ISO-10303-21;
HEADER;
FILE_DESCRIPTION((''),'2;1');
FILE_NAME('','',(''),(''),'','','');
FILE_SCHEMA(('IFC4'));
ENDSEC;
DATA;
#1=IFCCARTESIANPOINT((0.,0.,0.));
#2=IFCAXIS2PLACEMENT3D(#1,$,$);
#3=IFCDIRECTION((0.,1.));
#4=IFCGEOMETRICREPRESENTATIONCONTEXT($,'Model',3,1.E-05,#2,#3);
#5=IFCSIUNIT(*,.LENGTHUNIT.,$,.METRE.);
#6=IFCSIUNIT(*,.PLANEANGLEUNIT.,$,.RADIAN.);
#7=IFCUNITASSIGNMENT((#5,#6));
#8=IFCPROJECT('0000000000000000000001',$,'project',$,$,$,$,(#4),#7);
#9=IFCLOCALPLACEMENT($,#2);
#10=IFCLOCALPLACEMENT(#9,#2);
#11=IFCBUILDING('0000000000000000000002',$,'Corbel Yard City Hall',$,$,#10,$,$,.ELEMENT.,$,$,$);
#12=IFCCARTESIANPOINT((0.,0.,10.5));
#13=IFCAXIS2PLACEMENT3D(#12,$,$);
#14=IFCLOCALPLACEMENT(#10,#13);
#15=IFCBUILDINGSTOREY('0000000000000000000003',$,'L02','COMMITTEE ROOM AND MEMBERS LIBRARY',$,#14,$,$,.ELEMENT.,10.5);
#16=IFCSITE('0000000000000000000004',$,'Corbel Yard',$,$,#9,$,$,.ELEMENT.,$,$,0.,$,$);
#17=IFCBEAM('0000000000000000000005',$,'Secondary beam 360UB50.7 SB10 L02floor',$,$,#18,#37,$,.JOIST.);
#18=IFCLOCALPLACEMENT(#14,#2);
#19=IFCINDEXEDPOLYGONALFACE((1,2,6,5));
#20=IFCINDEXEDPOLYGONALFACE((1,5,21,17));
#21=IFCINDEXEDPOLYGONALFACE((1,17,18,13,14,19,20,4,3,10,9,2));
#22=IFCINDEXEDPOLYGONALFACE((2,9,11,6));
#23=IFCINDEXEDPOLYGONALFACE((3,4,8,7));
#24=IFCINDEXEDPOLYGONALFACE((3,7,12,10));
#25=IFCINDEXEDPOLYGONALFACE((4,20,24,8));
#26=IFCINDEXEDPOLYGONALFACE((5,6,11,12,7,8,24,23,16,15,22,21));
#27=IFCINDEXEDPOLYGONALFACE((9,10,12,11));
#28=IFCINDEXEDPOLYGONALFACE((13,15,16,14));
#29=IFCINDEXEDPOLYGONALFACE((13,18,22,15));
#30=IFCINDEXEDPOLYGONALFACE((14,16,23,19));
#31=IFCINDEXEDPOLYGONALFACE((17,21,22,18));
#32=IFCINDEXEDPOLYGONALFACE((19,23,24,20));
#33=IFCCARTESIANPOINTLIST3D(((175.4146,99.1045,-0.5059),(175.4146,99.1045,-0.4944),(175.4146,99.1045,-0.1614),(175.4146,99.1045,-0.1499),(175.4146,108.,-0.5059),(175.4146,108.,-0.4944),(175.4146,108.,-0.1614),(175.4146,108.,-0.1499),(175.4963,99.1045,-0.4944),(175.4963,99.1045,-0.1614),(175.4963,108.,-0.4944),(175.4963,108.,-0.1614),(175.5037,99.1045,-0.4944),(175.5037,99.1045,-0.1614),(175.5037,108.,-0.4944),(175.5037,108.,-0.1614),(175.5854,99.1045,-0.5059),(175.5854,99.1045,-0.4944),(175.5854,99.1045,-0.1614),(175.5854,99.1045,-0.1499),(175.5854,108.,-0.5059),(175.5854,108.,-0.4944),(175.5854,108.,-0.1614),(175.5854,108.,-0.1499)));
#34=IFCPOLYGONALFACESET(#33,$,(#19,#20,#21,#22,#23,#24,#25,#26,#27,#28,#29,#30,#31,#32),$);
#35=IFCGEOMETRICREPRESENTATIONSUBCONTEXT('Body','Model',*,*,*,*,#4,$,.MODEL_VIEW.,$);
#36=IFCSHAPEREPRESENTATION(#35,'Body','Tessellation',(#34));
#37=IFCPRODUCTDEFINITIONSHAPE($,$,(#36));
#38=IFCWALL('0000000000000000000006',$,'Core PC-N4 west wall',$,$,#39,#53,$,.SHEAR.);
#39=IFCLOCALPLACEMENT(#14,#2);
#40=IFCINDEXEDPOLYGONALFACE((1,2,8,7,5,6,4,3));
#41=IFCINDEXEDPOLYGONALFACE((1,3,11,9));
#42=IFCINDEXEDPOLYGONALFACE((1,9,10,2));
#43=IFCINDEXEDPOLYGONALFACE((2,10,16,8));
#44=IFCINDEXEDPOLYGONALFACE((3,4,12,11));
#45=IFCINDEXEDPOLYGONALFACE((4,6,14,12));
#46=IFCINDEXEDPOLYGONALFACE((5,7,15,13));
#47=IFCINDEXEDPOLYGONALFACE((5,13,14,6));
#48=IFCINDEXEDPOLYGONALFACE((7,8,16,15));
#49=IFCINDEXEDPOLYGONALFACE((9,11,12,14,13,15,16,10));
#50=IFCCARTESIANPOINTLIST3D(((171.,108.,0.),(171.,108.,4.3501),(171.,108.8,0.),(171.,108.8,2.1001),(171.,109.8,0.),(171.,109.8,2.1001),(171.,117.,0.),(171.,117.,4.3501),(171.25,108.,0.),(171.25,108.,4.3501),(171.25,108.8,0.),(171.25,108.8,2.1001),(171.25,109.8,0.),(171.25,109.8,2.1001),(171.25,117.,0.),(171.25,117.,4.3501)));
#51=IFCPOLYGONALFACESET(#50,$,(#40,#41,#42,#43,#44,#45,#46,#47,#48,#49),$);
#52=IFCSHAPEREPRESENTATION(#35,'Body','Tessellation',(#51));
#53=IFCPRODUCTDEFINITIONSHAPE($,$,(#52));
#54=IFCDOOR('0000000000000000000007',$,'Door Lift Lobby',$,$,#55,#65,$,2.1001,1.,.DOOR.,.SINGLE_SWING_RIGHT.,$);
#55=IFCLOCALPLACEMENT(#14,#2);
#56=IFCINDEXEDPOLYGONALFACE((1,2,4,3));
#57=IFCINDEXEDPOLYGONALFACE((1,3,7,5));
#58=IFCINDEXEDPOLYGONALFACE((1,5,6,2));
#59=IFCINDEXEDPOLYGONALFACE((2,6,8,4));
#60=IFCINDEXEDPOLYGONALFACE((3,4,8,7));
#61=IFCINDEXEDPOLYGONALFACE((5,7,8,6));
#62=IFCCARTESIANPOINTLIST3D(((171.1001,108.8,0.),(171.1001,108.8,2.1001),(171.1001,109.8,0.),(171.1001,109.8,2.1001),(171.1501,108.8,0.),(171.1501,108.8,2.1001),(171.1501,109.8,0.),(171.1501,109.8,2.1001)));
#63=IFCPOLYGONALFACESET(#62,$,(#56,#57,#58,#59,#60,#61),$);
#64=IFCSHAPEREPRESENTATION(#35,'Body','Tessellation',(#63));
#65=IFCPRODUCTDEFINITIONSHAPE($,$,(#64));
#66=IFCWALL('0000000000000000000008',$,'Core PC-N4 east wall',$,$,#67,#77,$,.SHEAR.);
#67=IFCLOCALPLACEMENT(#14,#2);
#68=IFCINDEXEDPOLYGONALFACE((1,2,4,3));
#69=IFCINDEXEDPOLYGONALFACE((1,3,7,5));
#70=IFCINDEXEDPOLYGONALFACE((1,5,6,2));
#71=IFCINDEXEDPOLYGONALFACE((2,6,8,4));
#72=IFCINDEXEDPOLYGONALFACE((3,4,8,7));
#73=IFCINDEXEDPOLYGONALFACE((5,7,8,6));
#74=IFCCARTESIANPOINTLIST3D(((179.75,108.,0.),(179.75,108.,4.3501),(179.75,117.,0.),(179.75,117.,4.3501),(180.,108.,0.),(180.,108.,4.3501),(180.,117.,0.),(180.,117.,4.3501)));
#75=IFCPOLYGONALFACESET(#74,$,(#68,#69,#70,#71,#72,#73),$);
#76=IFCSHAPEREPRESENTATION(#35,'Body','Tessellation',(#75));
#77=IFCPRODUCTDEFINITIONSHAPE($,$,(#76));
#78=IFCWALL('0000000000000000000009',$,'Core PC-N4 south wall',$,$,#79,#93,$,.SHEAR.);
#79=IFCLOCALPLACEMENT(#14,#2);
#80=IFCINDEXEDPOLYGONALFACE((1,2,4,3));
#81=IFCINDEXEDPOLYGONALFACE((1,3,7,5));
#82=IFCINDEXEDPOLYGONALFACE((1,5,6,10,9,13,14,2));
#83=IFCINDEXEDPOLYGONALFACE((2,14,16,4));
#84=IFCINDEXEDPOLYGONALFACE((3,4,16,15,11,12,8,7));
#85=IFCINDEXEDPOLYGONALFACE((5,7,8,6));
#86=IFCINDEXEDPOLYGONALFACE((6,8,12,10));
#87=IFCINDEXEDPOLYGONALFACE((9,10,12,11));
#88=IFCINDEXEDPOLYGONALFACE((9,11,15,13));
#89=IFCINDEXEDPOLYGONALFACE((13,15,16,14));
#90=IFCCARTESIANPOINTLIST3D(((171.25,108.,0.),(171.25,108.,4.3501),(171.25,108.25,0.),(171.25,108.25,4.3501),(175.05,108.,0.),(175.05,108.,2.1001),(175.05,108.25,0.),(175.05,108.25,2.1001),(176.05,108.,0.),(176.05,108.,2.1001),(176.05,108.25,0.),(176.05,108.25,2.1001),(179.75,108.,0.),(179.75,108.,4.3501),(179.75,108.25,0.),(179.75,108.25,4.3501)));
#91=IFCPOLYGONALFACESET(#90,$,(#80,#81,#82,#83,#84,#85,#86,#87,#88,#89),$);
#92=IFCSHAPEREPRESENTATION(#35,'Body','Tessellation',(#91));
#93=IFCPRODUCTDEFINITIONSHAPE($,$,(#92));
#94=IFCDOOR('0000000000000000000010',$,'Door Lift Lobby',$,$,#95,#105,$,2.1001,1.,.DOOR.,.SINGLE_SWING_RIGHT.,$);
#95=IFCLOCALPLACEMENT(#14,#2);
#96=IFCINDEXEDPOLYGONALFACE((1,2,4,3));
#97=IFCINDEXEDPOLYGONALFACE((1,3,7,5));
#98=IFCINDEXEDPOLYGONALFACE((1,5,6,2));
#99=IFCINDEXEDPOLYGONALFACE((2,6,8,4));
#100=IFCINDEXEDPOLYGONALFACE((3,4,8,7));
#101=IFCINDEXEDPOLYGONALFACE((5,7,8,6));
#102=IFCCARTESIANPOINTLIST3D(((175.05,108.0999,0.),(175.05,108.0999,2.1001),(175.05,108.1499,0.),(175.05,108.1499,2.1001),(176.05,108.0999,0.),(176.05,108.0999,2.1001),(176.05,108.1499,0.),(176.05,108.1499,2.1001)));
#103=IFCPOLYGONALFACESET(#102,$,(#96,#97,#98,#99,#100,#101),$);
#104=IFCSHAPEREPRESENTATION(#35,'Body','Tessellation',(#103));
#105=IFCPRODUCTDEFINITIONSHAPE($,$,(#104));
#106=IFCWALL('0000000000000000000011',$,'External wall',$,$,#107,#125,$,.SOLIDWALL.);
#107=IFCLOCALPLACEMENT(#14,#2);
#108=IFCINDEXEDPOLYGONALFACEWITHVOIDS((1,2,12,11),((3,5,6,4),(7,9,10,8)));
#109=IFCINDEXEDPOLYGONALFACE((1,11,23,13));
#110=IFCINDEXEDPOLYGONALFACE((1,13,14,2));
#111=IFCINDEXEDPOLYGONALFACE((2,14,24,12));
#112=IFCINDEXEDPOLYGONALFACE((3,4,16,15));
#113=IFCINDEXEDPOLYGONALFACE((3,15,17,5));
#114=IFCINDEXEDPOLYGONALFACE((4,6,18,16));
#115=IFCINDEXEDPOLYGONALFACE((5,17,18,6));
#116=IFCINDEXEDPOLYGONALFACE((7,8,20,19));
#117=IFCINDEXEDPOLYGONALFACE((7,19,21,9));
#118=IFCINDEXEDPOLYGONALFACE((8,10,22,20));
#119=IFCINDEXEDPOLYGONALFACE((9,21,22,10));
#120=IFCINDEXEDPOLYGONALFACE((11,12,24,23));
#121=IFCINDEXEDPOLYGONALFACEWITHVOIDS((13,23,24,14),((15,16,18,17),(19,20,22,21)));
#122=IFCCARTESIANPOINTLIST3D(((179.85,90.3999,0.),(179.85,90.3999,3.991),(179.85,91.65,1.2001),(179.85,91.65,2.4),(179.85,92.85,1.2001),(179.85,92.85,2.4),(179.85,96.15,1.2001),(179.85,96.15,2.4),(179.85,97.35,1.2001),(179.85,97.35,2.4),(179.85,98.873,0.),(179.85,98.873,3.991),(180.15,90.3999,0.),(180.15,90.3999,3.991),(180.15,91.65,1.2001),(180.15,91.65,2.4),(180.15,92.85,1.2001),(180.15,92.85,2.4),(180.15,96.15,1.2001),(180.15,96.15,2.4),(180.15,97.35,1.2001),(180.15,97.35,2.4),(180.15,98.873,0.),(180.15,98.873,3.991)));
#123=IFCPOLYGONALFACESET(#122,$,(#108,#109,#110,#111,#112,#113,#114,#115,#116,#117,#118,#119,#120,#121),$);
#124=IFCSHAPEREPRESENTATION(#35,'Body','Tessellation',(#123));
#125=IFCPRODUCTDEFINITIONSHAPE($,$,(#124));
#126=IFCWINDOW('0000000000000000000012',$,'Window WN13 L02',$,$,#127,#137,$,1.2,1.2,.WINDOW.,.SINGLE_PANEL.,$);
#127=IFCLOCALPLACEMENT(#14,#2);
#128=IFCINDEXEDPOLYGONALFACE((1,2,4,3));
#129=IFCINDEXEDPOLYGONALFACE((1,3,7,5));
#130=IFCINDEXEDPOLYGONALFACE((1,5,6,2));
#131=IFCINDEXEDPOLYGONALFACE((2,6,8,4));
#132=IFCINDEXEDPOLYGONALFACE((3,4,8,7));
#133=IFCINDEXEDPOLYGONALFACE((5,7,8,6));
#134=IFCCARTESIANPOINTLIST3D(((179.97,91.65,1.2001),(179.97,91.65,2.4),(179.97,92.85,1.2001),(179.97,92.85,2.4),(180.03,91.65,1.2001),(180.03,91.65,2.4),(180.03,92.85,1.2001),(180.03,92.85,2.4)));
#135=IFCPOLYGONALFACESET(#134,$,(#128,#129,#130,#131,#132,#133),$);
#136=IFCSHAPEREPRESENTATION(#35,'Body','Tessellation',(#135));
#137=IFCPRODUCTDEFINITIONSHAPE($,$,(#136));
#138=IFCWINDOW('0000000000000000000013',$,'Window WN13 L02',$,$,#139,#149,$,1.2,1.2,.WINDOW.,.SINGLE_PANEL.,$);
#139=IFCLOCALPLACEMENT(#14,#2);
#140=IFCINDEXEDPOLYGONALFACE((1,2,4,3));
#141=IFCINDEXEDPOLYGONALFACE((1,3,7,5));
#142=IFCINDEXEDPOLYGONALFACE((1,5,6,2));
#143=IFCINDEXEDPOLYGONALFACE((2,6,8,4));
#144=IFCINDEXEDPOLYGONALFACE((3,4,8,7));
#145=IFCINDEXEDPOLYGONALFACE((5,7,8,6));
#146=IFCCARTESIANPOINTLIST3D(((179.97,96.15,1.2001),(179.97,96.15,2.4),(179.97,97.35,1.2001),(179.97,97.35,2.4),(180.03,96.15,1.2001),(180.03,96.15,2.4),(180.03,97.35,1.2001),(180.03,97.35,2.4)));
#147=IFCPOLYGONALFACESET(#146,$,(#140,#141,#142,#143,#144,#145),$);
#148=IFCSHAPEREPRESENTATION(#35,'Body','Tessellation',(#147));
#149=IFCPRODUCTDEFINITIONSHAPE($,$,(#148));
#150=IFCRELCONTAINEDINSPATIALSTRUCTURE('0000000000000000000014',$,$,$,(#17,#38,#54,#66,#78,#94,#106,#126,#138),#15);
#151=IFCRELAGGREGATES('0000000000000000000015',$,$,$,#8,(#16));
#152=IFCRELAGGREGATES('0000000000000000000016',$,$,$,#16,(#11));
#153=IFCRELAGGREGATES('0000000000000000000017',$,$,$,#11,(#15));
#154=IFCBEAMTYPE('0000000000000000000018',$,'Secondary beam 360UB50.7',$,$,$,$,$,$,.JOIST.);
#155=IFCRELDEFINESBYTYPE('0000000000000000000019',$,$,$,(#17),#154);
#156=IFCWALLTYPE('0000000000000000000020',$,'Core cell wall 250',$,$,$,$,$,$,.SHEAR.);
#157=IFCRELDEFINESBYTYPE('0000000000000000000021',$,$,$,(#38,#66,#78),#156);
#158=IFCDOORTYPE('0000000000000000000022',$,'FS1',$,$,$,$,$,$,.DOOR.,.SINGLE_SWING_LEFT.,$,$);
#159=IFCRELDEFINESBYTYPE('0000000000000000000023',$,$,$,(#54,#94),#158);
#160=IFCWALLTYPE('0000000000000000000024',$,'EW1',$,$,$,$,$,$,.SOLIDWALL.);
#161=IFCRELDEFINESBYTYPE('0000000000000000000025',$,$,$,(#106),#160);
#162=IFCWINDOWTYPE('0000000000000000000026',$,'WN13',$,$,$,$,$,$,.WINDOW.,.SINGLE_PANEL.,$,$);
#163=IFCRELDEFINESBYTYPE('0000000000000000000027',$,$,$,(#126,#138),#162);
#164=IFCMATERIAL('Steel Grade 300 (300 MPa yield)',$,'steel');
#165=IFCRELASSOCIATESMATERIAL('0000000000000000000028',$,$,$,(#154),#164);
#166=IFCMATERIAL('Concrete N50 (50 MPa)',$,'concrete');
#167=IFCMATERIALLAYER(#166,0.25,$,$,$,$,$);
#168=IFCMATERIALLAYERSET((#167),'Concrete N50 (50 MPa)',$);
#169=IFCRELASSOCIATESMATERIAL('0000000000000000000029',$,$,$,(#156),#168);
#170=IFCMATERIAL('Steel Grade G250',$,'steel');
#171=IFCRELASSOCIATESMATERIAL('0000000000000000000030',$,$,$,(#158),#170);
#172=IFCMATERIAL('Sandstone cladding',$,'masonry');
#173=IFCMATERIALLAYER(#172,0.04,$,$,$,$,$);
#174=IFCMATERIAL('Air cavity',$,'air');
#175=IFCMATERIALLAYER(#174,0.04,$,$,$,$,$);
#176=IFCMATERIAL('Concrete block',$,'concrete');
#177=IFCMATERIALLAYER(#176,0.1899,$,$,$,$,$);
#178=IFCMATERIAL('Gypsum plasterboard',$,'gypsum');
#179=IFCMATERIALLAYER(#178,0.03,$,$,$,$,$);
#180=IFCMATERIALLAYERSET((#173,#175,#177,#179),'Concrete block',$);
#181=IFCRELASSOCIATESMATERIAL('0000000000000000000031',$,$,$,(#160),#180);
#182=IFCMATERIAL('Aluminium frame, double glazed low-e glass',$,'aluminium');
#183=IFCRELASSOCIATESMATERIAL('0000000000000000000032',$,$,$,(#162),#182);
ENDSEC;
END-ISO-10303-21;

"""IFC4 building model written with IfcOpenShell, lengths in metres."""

from ifc_helpers import new_model, si_unit, direction, frame, frame_2d, origin, origin_2d, place, context, subcontext, project, spatial, rectangle, i_section, extrude, material, layer, layer_set, material_profile, profile_set, type_object, element, fill, save


model = new_model("IFC4")

# Units and contexts
model_context = context("Model", 3, precision=1e-05, world=origin(), true_north=direction((0.0, 1.0)))
body_context = subcontext(model_context, "Body", "Model", "MODEL_VIEW")
ifc_project = project(units=[si_unit("LENGTHUNIT", "METRE"), si_unit("PLANEANGLEUNIT", "RADIAN")], contexts=[model_context])

# Site, building, storey
site_placement = place(None, origin())
site = spatial("IfcSite", under=ifc_project, at=site_placement, Name="Corbel Yard", CompositionType="ELEMENT", RefElevation=0.0)
building_placement = place(site_placement, origin())
building = spatial("IfcBuilding", under=site, at=building_placement, Name="Corbel Yard City Hall", CompositionType="ELEMENT")
storey_placement = place(building_placement, frame((0.0, 0.0, 10.5)))
storey = spatial("IfcBuildingStorey", under=building, at=storey_placement, Name="L02", Description="COMMITTEE ROOM AND MEMBERS LIBRARY", CompositionType="ELEMENT", Elevation=10.5)

# Shared definitions
ifc_material_1 = material(Name="Steel Grade 300 (300 MPa yield)", Category="steel")

# Beam
ifc_material_profile_1 = material_profile(ifc_material_1, i_section(OverallWidth=0.1709, OverallDepth=0.356, WebThickness=0.0073, FlangeThickness=0.0115, at=origin_2d()), Name="360UB50.7")
ifc_profile_set_1 = profile_set([ifc_material_profile_1], Name="Steel Grade 300 (300 MPa yield)")
beam_type_1 = type_object("IfcBeamType", Name="Secondary beam 360UB50.7", PredefinedType="JOIST", material=ifc_profile_set_1)
beam_1_placement = place(storey_placement, frame((175.5, 99.1045, -0.3279), z_axis=(0.0, 1.0, 0.0), x_axis=(-1.0, 0.0, 0.0)))
element("IfcBeam", 1, at=beam_1_placement, inside=storey, type_object=beam_type_1, Name="Secondary beam 360UB50.7 SB10 L02floor", PredefinedType="JOIST", context=body_context, shape_type="SweptSolid", body=[
    extrude(i_section(OverallWidth=0.1709, OverallDepth=0.356, WebThickness=0.0073, FlangeThickness=0.0115, at=origin_2d()), origin(), (0.0, 0.0, 1.0), 8.8955),
])

# Wall, opening, door
ifc_material_2 = material(Name="Concrete N50 (50 MPa)", Category="concrete")
ifc_layer_1 = layer(ifc_material_2, 0.25)
ifc_layer_set_1 = layer_set([ifc_layer_1], Name="Concrete N50 (50 MPa)")
wall_type_1 = type_object("IfcWallType", Name="Core cell wall 250", PredefinedType="SHEAR", material=ifc_layer_set_1)
wall_1_placement = place(storey_placement, frame((171.125, 108.0, 0.0), z_axis=(0.0, 0.0, 1.0), x_axis=(0.0, 1.0, 0.0)))
wall_1 = element("IfcWall", 2, at=wall_1_placement, inside=storey, type_object=wall_type_1, Name="Core PC-N4 west wall", PredefinedType="SHEAR", context=body_context, shape_type="SweptSolid", body=[
    extrude(rectangle(XDim=9.0, YDim=0.25, at=frame_2d((4.5, 0.0))), origin(), (0.0, 0.0, 1.0), 4.3501),
])
opening_1_placement = place(wall_1_placement, frame((0.8, 0.0, 0.0)))
opening_1 = element("IfcOpeningElement", 3, at=opening_1_placement, cuts=wall_1, PredefinedType="OPENING", context=body_context, shape_type="SweptSolid", body=[
    extrude(rectangle(XDim=1.0, YDim=2.1001, at=frame_2d((0.5, 1.05))), frame((0.0, 0.135, 0.0), z_axis=(0.0, -1.0, 0.0), x_axis=(1.0, 0.0, 0.0)), (0.0, 0.0, 1.0), 0.27),
])
ifc_material_3 = material(Name="Steel Grade G250", Category="steel")
door_type_1 = type_object("IfcDoorType", Name="FS1", OperationType="SINGLE_SWING_LEFT", PredefinedType="DOOR", material=ifc_material_3)
door_1_placement = place(opening_1_placement, origin())
door_1 = element("IfcDoor", 4, at=door_1_placement, inside=storey, type_object=door_type_1, Name="Door Lift Lobby", OperationType="SINGLE_SWING_RIGHT", OverallHeight=2.1001, OverallWidth=1.0, PredefinedType="DOOR", context=body_context, shape_type="SweptSolid", body=[
    extrude(rectangle(XDim=1.0, YDim=2.1001, at=frame_2d((0.5, 1.05))), frame((0.0, 0.0249, 0.0), z_axis=(0.0, -1.0, 0.0), x_axis=(1.0, 0.0, 0.0)), (0.0, 0.0, 1.0), 0.05),
])
fill(opening_1, door_1)

# Wall
wall_2_placement = place(storey_placement, frame((179.875, 108.0, 0.0), z_axis=(0.0, 0.0, 1.0), x_axis=(0.0, 1.0, 0.0)))
element("IfcWall", 5, at=wall_2_placement, inside=storey, type_object=wall_type_1, Name="Core PC-N4 east wall", PredefinedType="SHEAR", context=body_context, shape_type="SweptSolid", body=[
    extrude(rectangle(XDim=9.0, YDim=0.25, at=frame_2d((4.5, 0.0))), origin(), (0.0, 0.0, 1.0), 4.3501),
])

# Wall, opening, door
wall_3_placement = place(storey_placement, frame((171.25, 108.125, 0.0), z_axis=(0.0, 0.0, 1.0), x_axis=(1.0, 0.0, 0.0)))
wall_3 = element("IfcWall", 6, at=wall_3_placement, inside=storey, type_object=wall_type_1, Name="Core PC-N4 south wall", PredefinedType="SHEAR", context=body_context, shape_type="SweptSolid", body=[
    extrude(rectangle(XDim=8.5, YDim=0.25, at=frame_2d((4.25, 0.0))), origin(), (0.0, 0.0, 1.0), 4.3501),
])
opening_2_placement = place(wall_3_placement, frame((3.8, 0.0, 0.0)))
opening_2 = element("IfcOpeningElement", 7, at=opening_2_placement, cuts=wall_3, PredefinedType="OPENING", context=body_context, shape_type="SweptSolid", body=[
    extrude(rectangle(XDim=1.0, YDim=2.1001, at=frame_2d((0.5, 1.05))), frame((0.0, 0.135, 0.0), z_axis=(0.0, -1.0, 0.0), x_axis=(1.0, 0.0, 0.0)), (0.0, 0.0, 1.0), 0.27),
])
door_2_placement = place(opening_2_placement, origin())
door_2 = element("IfcDoor", 8, at=door_2_placement, inside=storey, type_object=door_type_1, Name="Door Lift Lobby", OperationType="SINGLE_SWING_RIGHT", OverallHeight=2.1001, OverallWidth=1.0, PredefinedType="DOOR", context=body_context, shape_type="SweptSolid", body=[
    extrude(rectangle(XDim=1.0, YDim=2.1001, at=frame_2d((0.5, 1.05))), frame((0.0, 0.0249, 0.0), z_axis=(0.0, -1.0, 0.0), x_axis=(1.0, 0.0, 0.0)), (0.0, 0.0, 1.0), 0.05),
])
fill(opening_2, door_2)

# Wall, openings, windows
ifc_material_4 = material(Name="Sandstone cladding", Category="masonry")
ifc_layer_2 = layer(ifc_material_4, 0.04)
ifc_material_5 = material(Name="Air cavity", Category="air")
ifc_layer_3 = layer(ifc_material_5, 0.04)
ifc_material_6 = material(Name="Concrete block", Category="concrete")
ifc_layer_4 = layer(ifc_material_6, 0.1899)
ifc_material_7 = material(Name="Gypsum plasterboard", Category="gypsum")
ifc_layer_5 = layer(ifc_material_7, 0.03)
ifc_layer_set_2 = layer_set([ifc_layer_2, ifc_layer_3, ifc_layer_4, ifc_layer_5], Name="Concrete block")
wall_type_2 = type_object("IfcWallType", Name="EW1", PredefinedType="SOLIDWALL", material=ifc_layer_set_2)
wall_4_placement = place(storey_placement, frame((180.0, 90.3999, 0.0), z_axis=(0.0, 0.0, 1.0), x_axis=(0.0, 1.0, 0.0)))
wall_4 = element("IfcWall", 9, at=wall_4_placement, inside=storey, type_object=wall_type_2, Name="External wall", PredefinedType="SOLIDWALL", context=body_context, shape_type="SweptSolid", body=[
    extrude(rectangle(XDim=8.4731, YDim=0.3, at=frame_2d((4.2366, 0.0))), origin(), (0.0, 0.0, 1.0), 3.991),
])
opening_3_placement = place(wall_4_placement, frame((1.25, 0.0, 1.2)))
opening_3 = element("IfcOpeningElement", 10, at=opening_3_placement, cuts=wall_4, PredefinedType="OPENING", context=body_context, shape_type="SweptSolid", body=[
    extrude(rectangle(XDim=1.2, YDim=1.2, at=frame_2d((0.6001, 0.6001))), frame((0.0, 0.1599, 0.0), z_axis=(0.0, -1.0, 0.0), x_axis=(1.0, 0.0, 0.0)), (0.0, 0.0, 1.0), 0.3201),
])
opening_4_placement = place(wall_4_placement, frame((5.75, 0.0, 1.2)))
opening_4 = element("IfcOpeningElement", 11, at=opening_4_placement, cuts=wall_4, PredefinedType="OPENING", context=body_context, shape_type="SweptSolid", body=[
    extrude(rectangle(XDim=1.2, YDim=1.2, at=frame_2d((0.6001, 0.6001))), frame((0.0, 0.1599, 0.0), z_axis=(0.0, -1.0, 0.0), x_axis=(1.0, 0.0, 0.0)), (0.0, 0.0, 1.0), 0.3201),
])
ifc_material_8 = material(Name="Aluminium frame, double glazed low-e glass", Category="aluminium")
window_type_1 = type_object("IfcWindowType", Name="WN13", PartitioningType="SINGLE_PANEL", PredefinedType="WINDOW", material=ifc_material_8)
window_1_placement = place(opening_3_placement, origin())
window_1 = element("IfcWindow", 12, at=window_1_placement, inside=storey, type_object=window_type_1, Name="Window WN13 L02", OverallHeight=1.2, OverallWidth=1.2, PartitioningType="SINGLE_PANEL", PredefinedType="WINDOW", context=body_context, shape_type="SweptSolid", body=[
    extrude(rectangle(XDim=1.2, YDim=1.2, at=frame_2d((0.6001, 0.6001))), frame((0.0, 0.03, 0.0), z_axis=(0.0, -1.0, 0.0), x_axis=(1.0, 0.0, 0.0)), (0.0, 0.0, 1.0), 0.0601),
])
fill(opening_3, window_1)
window_2_placement = place(opening_4_placement, origin())
window_2 = element("IfcWindow", 13, at=window_2_placement, inside=storey, type_object=window_type_1, Name="Window WN13 L02", OverallHeight=1.2, OverallWidth=1.2, PartitioningType="SINGLE_PANEL", PredefinedType="WINDOW", context=body_context, shape_type="SweptSolid", body=[
    extrude(rectangle(XDim=1.2, YDim=1.2, at=frame_2d((0.6001, 0.6001))), frame((0.0, 0.03, 0.0), z_axis=(0.0, -1.0, 0.0), x_axis=(1.0, 0.0, 0.0)), (0.0, 0.0, 1.0), 0.0601),
])
fill(opening_4, window_2)

save(model, "model.ifc")
